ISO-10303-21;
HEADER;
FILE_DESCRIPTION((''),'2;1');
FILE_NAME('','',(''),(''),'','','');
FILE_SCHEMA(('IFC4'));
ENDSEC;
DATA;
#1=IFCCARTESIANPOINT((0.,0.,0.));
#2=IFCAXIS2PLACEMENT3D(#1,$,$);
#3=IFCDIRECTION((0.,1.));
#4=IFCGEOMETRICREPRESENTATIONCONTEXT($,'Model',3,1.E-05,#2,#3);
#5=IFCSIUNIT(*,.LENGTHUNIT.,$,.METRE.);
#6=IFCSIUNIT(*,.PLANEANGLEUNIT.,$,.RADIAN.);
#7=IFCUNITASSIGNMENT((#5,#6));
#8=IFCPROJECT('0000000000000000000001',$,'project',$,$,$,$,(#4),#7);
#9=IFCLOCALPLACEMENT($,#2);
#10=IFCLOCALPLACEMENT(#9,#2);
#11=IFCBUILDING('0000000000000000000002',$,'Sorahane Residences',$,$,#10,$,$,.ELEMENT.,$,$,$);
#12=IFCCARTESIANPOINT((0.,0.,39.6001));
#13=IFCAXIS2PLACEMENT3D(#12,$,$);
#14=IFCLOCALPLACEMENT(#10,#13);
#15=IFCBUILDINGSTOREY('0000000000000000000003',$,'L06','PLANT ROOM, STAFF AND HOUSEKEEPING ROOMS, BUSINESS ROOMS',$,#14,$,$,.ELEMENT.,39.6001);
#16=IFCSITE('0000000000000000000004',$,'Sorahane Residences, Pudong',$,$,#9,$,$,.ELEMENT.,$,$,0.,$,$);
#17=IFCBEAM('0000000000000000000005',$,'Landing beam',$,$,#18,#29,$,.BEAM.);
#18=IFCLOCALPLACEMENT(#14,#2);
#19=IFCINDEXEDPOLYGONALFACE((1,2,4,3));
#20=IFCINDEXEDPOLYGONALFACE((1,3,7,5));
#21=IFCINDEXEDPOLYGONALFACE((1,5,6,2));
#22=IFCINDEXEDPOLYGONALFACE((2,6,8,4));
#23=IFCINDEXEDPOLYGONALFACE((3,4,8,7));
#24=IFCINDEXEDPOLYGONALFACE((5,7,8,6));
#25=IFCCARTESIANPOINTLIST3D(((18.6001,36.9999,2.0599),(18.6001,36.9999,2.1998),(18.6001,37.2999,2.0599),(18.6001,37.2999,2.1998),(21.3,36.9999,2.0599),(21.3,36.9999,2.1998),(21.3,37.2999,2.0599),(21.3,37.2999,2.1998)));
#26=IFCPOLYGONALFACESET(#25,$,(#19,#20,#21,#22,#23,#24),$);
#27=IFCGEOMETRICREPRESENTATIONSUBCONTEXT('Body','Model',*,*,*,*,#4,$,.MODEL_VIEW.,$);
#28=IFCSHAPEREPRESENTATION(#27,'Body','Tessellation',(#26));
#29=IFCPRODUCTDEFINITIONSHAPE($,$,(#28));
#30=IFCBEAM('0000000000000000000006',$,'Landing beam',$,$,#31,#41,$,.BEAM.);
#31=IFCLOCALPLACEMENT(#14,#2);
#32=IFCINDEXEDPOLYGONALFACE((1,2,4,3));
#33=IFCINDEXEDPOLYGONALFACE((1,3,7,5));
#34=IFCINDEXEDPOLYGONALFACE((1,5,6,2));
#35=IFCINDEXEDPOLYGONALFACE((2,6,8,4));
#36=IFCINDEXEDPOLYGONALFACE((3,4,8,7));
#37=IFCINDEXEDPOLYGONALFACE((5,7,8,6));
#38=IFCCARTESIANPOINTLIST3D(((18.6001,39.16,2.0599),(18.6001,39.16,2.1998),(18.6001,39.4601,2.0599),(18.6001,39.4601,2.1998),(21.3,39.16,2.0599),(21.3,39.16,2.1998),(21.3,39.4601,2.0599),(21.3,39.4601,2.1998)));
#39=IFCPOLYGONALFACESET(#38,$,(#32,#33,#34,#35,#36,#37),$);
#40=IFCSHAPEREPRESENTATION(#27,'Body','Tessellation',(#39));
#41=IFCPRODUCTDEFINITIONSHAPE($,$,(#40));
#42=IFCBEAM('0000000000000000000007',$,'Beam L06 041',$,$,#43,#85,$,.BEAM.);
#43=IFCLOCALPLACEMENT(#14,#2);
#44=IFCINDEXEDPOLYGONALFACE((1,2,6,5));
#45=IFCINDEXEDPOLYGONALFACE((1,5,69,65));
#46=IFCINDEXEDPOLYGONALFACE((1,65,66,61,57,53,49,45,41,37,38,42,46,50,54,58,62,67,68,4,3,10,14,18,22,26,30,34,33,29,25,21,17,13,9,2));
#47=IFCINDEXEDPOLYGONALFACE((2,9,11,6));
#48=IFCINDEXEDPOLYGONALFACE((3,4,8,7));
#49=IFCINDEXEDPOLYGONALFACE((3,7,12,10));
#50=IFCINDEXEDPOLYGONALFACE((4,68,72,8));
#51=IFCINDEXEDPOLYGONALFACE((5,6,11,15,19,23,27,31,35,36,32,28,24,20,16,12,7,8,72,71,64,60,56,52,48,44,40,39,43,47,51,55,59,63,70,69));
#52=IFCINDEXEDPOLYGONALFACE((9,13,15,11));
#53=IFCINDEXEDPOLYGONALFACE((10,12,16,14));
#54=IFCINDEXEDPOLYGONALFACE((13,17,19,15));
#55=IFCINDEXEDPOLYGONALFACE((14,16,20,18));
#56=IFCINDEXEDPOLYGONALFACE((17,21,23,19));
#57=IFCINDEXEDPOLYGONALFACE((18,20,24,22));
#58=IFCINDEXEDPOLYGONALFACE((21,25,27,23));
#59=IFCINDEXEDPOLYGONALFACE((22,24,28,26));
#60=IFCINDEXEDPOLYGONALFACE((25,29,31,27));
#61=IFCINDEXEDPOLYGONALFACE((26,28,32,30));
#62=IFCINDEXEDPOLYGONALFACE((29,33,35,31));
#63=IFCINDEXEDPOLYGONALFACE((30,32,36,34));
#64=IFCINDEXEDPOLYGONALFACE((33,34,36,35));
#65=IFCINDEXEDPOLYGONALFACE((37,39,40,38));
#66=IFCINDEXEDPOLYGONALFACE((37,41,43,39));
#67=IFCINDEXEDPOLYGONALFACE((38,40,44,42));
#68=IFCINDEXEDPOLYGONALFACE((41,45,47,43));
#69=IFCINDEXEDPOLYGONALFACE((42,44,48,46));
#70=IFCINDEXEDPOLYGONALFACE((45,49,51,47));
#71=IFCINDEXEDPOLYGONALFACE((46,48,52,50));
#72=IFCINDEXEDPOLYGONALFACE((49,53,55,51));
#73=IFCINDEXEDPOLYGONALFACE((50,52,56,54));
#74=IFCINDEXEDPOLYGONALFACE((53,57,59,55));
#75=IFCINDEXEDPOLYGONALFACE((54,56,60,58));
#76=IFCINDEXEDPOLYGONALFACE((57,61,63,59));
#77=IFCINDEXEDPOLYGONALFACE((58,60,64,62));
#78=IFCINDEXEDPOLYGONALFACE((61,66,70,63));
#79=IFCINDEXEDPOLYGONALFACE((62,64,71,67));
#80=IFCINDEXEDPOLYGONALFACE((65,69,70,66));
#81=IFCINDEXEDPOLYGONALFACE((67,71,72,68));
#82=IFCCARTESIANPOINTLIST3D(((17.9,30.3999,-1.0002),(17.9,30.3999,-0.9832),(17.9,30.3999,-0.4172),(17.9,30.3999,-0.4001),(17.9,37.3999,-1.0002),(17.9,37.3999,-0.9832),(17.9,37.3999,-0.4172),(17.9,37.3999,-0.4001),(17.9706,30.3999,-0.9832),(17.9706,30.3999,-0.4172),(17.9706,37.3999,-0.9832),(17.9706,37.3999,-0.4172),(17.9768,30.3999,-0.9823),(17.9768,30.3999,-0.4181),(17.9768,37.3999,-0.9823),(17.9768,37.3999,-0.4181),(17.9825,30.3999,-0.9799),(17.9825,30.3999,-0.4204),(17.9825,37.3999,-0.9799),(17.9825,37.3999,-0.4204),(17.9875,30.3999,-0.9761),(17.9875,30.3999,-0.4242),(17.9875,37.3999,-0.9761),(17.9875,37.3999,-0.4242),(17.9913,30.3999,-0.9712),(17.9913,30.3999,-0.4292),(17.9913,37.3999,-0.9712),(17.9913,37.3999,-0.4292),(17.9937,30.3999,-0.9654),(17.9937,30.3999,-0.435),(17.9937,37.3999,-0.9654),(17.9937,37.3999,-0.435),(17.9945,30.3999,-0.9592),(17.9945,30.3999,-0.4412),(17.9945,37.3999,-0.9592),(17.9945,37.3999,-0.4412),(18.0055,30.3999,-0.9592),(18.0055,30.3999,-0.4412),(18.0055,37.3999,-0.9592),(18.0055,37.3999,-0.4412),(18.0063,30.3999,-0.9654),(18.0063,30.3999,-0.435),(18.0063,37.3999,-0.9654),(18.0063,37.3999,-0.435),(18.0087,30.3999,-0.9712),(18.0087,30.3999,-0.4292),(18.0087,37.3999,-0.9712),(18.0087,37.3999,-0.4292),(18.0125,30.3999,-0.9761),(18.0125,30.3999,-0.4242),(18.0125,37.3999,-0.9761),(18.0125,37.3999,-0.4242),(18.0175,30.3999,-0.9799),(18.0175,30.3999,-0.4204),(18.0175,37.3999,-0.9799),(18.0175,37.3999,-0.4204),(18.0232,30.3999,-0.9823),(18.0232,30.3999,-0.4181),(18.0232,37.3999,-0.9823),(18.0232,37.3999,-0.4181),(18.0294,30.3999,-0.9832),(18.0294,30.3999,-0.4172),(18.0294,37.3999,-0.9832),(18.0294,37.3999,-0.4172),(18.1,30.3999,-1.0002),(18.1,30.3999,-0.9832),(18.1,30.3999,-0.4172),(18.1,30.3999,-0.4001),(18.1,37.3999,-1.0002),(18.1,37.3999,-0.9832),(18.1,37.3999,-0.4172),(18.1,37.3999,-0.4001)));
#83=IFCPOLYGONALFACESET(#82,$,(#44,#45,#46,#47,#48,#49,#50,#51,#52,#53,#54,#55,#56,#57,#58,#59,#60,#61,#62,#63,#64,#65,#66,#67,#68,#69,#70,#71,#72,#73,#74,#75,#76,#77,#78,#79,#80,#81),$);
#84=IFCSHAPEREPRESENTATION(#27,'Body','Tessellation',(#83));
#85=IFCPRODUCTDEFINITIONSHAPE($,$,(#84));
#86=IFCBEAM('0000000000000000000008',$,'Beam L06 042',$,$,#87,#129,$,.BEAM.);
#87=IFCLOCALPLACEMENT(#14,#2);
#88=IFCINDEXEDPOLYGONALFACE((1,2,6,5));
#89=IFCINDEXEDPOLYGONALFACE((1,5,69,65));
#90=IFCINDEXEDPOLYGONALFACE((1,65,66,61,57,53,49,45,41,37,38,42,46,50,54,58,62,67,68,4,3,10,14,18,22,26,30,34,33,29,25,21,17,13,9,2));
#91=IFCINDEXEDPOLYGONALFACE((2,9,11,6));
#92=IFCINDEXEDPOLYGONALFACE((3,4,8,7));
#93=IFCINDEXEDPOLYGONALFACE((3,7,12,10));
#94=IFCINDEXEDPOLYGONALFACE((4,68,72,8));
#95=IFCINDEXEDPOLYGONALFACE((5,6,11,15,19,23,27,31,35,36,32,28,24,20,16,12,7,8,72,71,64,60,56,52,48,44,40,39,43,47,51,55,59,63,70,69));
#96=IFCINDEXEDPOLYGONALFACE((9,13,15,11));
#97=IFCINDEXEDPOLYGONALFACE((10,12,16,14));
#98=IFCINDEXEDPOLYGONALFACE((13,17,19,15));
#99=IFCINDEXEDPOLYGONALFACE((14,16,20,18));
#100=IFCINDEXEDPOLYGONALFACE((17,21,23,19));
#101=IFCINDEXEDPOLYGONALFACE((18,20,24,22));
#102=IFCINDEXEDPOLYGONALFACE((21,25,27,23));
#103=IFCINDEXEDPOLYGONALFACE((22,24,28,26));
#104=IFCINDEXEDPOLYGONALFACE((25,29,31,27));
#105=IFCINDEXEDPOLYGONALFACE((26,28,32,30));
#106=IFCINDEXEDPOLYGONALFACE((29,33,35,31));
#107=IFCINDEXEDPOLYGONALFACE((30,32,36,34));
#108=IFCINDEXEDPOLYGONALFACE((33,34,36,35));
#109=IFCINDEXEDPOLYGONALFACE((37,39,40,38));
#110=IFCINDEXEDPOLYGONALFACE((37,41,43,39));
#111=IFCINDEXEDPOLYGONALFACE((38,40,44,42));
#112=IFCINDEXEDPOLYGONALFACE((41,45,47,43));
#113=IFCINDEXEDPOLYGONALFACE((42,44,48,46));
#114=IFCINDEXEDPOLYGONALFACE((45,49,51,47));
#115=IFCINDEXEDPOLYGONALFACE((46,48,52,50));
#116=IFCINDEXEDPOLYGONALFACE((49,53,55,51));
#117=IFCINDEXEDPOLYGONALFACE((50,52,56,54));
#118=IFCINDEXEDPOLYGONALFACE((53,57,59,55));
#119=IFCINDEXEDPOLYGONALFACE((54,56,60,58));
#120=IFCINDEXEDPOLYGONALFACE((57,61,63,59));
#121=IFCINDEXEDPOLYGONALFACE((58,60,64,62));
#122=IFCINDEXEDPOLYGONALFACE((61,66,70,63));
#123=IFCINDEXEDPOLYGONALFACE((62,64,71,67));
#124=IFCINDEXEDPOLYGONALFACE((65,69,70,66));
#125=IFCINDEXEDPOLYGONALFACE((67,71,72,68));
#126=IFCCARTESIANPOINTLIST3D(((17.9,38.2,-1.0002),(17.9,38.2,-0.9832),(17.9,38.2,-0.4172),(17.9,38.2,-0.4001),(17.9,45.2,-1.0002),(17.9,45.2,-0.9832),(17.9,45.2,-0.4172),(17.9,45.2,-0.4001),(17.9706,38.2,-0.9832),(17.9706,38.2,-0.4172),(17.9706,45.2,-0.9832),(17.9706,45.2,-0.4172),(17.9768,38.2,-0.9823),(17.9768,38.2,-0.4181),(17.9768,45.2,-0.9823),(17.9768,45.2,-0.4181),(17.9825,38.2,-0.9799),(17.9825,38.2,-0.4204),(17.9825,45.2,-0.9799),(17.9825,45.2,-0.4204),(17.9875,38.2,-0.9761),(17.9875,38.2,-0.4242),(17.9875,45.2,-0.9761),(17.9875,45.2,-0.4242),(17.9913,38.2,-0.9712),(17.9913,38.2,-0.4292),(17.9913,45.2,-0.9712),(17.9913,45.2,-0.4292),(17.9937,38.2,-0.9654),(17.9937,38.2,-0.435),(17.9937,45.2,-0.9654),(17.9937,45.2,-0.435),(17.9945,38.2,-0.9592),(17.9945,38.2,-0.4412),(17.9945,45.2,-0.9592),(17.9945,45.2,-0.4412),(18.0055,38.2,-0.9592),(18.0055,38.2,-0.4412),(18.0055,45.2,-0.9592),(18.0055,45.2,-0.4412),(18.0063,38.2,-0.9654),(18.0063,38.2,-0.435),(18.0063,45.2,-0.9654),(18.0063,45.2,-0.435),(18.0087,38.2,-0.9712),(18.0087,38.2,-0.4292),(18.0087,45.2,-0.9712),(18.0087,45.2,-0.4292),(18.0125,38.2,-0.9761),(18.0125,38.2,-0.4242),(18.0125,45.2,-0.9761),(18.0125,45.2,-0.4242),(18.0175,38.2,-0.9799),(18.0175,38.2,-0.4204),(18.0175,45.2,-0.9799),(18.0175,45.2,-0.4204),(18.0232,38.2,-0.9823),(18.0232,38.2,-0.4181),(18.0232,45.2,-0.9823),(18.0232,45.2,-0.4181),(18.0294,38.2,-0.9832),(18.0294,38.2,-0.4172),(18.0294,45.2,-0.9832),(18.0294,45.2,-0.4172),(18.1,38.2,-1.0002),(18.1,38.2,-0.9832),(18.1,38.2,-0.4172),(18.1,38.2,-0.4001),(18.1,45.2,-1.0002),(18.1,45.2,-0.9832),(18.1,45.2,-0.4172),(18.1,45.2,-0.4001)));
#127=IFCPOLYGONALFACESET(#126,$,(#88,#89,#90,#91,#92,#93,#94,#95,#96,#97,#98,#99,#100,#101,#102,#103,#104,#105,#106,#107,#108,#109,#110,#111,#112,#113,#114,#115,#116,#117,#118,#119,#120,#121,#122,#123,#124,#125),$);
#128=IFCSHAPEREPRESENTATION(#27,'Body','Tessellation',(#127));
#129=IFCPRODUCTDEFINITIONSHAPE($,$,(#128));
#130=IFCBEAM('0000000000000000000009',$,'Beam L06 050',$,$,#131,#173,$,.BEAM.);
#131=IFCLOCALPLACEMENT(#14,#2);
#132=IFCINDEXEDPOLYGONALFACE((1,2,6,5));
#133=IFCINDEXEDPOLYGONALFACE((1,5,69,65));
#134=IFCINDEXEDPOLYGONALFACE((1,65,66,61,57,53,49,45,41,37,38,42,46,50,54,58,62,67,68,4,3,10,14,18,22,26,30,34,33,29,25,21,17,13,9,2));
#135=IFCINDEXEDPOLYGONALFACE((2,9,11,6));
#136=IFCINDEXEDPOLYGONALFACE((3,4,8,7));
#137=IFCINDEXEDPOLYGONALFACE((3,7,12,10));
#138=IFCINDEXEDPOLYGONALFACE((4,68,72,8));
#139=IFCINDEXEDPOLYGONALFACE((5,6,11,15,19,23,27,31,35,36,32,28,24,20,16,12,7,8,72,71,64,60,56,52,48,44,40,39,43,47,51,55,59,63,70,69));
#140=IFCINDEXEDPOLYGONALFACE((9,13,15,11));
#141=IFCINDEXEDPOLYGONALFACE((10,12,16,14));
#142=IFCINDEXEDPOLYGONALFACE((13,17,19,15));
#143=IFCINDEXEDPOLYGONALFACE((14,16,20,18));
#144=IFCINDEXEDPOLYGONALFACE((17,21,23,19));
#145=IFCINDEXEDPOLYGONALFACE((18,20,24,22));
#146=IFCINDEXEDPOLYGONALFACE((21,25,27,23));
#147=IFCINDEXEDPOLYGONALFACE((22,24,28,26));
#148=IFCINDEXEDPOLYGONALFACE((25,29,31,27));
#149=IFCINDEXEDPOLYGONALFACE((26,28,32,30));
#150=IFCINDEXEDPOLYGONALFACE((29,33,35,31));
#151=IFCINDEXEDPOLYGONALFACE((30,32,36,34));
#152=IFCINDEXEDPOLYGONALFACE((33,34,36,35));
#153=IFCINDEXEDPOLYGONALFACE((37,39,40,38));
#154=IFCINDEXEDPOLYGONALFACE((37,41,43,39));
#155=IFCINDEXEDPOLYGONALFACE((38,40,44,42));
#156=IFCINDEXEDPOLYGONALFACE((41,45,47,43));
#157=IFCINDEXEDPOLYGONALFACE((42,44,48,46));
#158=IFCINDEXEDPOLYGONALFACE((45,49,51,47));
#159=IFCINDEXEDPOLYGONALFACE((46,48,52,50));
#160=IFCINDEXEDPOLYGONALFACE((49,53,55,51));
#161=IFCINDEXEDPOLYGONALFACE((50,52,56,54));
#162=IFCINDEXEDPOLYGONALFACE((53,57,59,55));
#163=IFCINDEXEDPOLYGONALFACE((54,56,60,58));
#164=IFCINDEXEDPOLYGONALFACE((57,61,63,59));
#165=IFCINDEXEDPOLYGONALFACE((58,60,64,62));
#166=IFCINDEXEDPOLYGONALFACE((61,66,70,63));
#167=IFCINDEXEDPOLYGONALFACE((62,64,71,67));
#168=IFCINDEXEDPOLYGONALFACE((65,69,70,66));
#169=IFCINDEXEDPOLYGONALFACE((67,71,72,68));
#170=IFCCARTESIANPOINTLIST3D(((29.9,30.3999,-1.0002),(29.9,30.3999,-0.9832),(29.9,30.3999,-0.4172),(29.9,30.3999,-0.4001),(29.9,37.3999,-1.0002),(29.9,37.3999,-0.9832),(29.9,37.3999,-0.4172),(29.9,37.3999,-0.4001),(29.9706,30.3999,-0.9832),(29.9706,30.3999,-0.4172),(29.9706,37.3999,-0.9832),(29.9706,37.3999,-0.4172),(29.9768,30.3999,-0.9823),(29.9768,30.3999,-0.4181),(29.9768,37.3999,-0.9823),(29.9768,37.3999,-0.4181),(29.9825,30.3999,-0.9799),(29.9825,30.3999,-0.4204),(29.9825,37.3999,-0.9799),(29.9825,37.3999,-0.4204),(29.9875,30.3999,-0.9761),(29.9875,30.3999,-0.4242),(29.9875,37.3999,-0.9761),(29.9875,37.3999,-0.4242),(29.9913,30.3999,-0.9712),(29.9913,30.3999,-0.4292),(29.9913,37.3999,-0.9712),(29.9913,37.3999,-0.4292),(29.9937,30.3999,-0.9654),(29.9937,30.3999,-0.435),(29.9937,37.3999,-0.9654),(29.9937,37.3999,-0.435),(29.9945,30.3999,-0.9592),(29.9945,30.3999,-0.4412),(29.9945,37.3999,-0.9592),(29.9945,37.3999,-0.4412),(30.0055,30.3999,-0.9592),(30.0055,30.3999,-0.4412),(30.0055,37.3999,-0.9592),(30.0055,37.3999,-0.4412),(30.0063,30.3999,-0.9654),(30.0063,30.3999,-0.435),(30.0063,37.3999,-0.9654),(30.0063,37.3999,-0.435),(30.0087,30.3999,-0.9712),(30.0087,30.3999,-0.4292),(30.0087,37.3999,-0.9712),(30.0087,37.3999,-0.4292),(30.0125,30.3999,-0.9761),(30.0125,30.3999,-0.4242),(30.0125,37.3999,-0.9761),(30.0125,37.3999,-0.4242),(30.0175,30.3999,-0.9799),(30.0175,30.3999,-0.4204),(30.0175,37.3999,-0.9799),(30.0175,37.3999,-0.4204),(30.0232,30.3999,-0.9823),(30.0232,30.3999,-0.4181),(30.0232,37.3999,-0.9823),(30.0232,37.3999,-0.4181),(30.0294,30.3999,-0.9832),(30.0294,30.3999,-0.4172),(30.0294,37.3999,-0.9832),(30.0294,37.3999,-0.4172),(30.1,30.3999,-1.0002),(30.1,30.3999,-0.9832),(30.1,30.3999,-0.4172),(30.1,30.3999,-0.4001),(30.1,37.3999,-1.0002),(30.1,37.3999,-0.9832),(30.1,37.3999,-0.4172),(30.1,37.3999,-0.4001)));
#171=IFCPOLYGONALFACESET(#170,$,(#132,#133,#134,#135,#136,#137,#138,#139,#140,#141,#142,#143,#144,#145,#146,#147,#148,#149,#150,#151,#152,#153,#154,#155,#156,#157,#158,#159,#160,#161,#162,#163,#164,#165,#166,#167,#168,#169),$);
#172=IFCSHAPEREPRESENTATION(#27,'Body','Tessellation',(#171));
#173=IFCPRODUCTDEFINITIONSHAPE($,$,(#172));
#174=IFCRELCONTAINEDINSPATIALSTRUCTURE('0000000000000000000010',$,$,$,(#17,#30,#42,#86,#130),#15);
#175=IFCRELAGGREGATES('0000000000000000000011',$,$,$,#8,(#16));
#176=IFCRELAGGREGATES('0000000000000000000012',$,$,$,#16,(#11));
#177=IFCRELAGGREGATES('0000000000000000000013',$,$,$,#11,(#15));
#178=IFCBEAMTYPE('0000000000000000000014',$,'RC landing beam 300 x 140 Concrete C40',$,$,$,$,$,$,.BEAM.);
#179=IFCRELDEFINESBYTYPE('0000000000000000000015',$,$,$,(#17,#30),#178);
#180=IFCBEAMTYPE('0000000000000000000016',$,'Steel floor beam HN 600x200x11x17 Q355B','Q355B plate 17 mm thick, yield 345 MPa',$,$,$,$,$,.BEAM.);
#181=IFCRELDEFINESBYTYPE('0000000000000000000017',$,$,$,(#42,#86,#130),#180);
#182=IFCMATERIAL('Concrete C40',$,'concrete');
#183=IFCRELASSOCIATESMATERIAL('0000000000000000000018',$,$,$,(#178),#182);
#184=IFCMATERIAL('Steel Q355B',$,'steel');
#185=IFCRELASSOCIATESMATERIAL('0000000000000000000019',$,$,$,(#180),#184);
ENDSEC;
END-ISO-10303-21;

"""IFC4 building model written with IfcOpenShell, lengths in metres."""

from ifc_helpers import new_model, si_unit, direction, frame, origin, origin_2d, place, context, subcontext, project, spatial, rectangle, i_section, extrude, material, material_profile, profile_set, type_object, element, save


model = new_model("IFC4")

# Units and contexts
model_context = context("Model", 3, precision=1e-05, world=origin(), true_north=direction((0.0, 1.0)))
body_context = subcontext(model_context, "Body", "Model", "MODEL_VIEW")
ifc_project = project(units=[si_unit("LENGTHUNIT", "METRE"), si_unit("PLANEANGLEUNIT", "RADIAN")], contexts=[model_context])

# Site, building, storey
site_placement = place(None, origin())
site = spatial("IfcSite", under=ifc_project, at=site_placement, Name="Sorahane Residences, Pudong", CompositionType="ELEMENT", RefElevation=0.0)
building_placement = place(site_placement, origin())
building = spatial("IfcBuilding", under=site, at=building_placement, Name="Sorahane Residences", CompositionType="ELEMENT")
storey_placement = place(building_placement, frame((0.0, 0.0, 39.6001)))
storey = spatial("IfcBuildingStorey", under=building, at=storey_placement, Name="L06", Description="PLANT ROOM, STAFF AND HOUSEKEEPING ROOMS, BUSINESS ROOMS", CompositionType="ELEMENT", Elevation=39.6001)

# Beams
ifc_material_1 = material(Name="Concrete C40", Category="concrete")
ifc_material_profile_1 = material_profile(ifc_material_1, rectangle(XDim=0.3, YDim=0.1399, at=origin_2d()), Name="300x140")
ifc_profile_set_1 = profile_set([ifc_material_profile_1], Name="Concrete C40")
beam_type_1 = type_object("IfcBeamType", Name="RC landing beam 300 x 140 Concrete C40", PredefinedType="BEAM", material=ifc_profile_set_1)
for number, where, z_axis, x_axis, name in (
    (1, (18.6001, 37.1499, 2.1299), (1.0, 0.0, 0.0), (0.0, 1.0, 0.0), "Landing beam"),
    (2, (18.6001, 39.3101, 2.1299), (1.0, 0.0, 0.0), (0.0, 1.0, 0.0), "Landing beam"),
):
    element("IfcBeam", number, at=place(storey_placement, frame(where, z_axis=z_axis, x_axis=x_axis)), inside=storey, type_object=beam_type_1, Name=name, PredefinedType="BEAM", context=body_context, shape_type="SweptSolid", body=[
        extrude(rectangle(XDim=0.3, YDim=0.1399, at=origin_2d()), origin(), (0.0, 0.0, 1.0), 2.7),
    ])
ifc_material_2 = material(Name="Steel Q355B", Category="steel")
ifc_material_profile_2 = material_profile(ifc_material_2, i_section(OverallWidth=0.2, OverallDepth=0.6001, WebThickness=0.011, FlangeThickness=0.0171, FilletRadius=0.0239, at=origin_2d()), Name="HN 600x200x11x17")
ifc_profile_set_2 = profile_set([ifc_material_profile_2], Name="Steel Q355B")
beam_type_2 = type_object("IfcBeamType", Name="Steel floor beam HN 600x200x11x17 Q355B", Description="Q355B plate 17 mm thick, yield 345 MPa", PredefinedType="BEAM", material=ifc_profile_set_2)
for number, where, z_axis, x_axis, name in (
    (3, (18.0, 30.3999, -0.7002), (0.0, 1.0, 0.0), (-1.0, 0.0, 0.0), "Beam L06 041"),
    (4, (18.0, 38.2, -0.7002), (0.0, 1.0, 0.0), (-1.0, 0.0, 0.0), "Beam L06 042"),
    (5, (30.0, 30.3999, -0.7002), (0.0, 1.0, 0.0), (-1.0, 0.0, 0.0), "Beam L06 050"),
):
    element("IfcBeam", number, at=place(storey_placement, frame(where, z_axis=z_axis, x_axis=x_axis)), inside=storey, type_object=beam_type_2, Name=name, PredefinedType="BEAM", context=body_context, shape_type="SweptSolid", body=[
        extrude(i_section(OverallWidth=0.2, OverallDepth=0.6001, WebThickness=0.011, FlangeThickness=0.0171, FilletRadius=0.0239, at=origin_2d()), origin(), (0.0, 0.0, 1.0), 7.0),
    ])

save(model, "model.ifc")
